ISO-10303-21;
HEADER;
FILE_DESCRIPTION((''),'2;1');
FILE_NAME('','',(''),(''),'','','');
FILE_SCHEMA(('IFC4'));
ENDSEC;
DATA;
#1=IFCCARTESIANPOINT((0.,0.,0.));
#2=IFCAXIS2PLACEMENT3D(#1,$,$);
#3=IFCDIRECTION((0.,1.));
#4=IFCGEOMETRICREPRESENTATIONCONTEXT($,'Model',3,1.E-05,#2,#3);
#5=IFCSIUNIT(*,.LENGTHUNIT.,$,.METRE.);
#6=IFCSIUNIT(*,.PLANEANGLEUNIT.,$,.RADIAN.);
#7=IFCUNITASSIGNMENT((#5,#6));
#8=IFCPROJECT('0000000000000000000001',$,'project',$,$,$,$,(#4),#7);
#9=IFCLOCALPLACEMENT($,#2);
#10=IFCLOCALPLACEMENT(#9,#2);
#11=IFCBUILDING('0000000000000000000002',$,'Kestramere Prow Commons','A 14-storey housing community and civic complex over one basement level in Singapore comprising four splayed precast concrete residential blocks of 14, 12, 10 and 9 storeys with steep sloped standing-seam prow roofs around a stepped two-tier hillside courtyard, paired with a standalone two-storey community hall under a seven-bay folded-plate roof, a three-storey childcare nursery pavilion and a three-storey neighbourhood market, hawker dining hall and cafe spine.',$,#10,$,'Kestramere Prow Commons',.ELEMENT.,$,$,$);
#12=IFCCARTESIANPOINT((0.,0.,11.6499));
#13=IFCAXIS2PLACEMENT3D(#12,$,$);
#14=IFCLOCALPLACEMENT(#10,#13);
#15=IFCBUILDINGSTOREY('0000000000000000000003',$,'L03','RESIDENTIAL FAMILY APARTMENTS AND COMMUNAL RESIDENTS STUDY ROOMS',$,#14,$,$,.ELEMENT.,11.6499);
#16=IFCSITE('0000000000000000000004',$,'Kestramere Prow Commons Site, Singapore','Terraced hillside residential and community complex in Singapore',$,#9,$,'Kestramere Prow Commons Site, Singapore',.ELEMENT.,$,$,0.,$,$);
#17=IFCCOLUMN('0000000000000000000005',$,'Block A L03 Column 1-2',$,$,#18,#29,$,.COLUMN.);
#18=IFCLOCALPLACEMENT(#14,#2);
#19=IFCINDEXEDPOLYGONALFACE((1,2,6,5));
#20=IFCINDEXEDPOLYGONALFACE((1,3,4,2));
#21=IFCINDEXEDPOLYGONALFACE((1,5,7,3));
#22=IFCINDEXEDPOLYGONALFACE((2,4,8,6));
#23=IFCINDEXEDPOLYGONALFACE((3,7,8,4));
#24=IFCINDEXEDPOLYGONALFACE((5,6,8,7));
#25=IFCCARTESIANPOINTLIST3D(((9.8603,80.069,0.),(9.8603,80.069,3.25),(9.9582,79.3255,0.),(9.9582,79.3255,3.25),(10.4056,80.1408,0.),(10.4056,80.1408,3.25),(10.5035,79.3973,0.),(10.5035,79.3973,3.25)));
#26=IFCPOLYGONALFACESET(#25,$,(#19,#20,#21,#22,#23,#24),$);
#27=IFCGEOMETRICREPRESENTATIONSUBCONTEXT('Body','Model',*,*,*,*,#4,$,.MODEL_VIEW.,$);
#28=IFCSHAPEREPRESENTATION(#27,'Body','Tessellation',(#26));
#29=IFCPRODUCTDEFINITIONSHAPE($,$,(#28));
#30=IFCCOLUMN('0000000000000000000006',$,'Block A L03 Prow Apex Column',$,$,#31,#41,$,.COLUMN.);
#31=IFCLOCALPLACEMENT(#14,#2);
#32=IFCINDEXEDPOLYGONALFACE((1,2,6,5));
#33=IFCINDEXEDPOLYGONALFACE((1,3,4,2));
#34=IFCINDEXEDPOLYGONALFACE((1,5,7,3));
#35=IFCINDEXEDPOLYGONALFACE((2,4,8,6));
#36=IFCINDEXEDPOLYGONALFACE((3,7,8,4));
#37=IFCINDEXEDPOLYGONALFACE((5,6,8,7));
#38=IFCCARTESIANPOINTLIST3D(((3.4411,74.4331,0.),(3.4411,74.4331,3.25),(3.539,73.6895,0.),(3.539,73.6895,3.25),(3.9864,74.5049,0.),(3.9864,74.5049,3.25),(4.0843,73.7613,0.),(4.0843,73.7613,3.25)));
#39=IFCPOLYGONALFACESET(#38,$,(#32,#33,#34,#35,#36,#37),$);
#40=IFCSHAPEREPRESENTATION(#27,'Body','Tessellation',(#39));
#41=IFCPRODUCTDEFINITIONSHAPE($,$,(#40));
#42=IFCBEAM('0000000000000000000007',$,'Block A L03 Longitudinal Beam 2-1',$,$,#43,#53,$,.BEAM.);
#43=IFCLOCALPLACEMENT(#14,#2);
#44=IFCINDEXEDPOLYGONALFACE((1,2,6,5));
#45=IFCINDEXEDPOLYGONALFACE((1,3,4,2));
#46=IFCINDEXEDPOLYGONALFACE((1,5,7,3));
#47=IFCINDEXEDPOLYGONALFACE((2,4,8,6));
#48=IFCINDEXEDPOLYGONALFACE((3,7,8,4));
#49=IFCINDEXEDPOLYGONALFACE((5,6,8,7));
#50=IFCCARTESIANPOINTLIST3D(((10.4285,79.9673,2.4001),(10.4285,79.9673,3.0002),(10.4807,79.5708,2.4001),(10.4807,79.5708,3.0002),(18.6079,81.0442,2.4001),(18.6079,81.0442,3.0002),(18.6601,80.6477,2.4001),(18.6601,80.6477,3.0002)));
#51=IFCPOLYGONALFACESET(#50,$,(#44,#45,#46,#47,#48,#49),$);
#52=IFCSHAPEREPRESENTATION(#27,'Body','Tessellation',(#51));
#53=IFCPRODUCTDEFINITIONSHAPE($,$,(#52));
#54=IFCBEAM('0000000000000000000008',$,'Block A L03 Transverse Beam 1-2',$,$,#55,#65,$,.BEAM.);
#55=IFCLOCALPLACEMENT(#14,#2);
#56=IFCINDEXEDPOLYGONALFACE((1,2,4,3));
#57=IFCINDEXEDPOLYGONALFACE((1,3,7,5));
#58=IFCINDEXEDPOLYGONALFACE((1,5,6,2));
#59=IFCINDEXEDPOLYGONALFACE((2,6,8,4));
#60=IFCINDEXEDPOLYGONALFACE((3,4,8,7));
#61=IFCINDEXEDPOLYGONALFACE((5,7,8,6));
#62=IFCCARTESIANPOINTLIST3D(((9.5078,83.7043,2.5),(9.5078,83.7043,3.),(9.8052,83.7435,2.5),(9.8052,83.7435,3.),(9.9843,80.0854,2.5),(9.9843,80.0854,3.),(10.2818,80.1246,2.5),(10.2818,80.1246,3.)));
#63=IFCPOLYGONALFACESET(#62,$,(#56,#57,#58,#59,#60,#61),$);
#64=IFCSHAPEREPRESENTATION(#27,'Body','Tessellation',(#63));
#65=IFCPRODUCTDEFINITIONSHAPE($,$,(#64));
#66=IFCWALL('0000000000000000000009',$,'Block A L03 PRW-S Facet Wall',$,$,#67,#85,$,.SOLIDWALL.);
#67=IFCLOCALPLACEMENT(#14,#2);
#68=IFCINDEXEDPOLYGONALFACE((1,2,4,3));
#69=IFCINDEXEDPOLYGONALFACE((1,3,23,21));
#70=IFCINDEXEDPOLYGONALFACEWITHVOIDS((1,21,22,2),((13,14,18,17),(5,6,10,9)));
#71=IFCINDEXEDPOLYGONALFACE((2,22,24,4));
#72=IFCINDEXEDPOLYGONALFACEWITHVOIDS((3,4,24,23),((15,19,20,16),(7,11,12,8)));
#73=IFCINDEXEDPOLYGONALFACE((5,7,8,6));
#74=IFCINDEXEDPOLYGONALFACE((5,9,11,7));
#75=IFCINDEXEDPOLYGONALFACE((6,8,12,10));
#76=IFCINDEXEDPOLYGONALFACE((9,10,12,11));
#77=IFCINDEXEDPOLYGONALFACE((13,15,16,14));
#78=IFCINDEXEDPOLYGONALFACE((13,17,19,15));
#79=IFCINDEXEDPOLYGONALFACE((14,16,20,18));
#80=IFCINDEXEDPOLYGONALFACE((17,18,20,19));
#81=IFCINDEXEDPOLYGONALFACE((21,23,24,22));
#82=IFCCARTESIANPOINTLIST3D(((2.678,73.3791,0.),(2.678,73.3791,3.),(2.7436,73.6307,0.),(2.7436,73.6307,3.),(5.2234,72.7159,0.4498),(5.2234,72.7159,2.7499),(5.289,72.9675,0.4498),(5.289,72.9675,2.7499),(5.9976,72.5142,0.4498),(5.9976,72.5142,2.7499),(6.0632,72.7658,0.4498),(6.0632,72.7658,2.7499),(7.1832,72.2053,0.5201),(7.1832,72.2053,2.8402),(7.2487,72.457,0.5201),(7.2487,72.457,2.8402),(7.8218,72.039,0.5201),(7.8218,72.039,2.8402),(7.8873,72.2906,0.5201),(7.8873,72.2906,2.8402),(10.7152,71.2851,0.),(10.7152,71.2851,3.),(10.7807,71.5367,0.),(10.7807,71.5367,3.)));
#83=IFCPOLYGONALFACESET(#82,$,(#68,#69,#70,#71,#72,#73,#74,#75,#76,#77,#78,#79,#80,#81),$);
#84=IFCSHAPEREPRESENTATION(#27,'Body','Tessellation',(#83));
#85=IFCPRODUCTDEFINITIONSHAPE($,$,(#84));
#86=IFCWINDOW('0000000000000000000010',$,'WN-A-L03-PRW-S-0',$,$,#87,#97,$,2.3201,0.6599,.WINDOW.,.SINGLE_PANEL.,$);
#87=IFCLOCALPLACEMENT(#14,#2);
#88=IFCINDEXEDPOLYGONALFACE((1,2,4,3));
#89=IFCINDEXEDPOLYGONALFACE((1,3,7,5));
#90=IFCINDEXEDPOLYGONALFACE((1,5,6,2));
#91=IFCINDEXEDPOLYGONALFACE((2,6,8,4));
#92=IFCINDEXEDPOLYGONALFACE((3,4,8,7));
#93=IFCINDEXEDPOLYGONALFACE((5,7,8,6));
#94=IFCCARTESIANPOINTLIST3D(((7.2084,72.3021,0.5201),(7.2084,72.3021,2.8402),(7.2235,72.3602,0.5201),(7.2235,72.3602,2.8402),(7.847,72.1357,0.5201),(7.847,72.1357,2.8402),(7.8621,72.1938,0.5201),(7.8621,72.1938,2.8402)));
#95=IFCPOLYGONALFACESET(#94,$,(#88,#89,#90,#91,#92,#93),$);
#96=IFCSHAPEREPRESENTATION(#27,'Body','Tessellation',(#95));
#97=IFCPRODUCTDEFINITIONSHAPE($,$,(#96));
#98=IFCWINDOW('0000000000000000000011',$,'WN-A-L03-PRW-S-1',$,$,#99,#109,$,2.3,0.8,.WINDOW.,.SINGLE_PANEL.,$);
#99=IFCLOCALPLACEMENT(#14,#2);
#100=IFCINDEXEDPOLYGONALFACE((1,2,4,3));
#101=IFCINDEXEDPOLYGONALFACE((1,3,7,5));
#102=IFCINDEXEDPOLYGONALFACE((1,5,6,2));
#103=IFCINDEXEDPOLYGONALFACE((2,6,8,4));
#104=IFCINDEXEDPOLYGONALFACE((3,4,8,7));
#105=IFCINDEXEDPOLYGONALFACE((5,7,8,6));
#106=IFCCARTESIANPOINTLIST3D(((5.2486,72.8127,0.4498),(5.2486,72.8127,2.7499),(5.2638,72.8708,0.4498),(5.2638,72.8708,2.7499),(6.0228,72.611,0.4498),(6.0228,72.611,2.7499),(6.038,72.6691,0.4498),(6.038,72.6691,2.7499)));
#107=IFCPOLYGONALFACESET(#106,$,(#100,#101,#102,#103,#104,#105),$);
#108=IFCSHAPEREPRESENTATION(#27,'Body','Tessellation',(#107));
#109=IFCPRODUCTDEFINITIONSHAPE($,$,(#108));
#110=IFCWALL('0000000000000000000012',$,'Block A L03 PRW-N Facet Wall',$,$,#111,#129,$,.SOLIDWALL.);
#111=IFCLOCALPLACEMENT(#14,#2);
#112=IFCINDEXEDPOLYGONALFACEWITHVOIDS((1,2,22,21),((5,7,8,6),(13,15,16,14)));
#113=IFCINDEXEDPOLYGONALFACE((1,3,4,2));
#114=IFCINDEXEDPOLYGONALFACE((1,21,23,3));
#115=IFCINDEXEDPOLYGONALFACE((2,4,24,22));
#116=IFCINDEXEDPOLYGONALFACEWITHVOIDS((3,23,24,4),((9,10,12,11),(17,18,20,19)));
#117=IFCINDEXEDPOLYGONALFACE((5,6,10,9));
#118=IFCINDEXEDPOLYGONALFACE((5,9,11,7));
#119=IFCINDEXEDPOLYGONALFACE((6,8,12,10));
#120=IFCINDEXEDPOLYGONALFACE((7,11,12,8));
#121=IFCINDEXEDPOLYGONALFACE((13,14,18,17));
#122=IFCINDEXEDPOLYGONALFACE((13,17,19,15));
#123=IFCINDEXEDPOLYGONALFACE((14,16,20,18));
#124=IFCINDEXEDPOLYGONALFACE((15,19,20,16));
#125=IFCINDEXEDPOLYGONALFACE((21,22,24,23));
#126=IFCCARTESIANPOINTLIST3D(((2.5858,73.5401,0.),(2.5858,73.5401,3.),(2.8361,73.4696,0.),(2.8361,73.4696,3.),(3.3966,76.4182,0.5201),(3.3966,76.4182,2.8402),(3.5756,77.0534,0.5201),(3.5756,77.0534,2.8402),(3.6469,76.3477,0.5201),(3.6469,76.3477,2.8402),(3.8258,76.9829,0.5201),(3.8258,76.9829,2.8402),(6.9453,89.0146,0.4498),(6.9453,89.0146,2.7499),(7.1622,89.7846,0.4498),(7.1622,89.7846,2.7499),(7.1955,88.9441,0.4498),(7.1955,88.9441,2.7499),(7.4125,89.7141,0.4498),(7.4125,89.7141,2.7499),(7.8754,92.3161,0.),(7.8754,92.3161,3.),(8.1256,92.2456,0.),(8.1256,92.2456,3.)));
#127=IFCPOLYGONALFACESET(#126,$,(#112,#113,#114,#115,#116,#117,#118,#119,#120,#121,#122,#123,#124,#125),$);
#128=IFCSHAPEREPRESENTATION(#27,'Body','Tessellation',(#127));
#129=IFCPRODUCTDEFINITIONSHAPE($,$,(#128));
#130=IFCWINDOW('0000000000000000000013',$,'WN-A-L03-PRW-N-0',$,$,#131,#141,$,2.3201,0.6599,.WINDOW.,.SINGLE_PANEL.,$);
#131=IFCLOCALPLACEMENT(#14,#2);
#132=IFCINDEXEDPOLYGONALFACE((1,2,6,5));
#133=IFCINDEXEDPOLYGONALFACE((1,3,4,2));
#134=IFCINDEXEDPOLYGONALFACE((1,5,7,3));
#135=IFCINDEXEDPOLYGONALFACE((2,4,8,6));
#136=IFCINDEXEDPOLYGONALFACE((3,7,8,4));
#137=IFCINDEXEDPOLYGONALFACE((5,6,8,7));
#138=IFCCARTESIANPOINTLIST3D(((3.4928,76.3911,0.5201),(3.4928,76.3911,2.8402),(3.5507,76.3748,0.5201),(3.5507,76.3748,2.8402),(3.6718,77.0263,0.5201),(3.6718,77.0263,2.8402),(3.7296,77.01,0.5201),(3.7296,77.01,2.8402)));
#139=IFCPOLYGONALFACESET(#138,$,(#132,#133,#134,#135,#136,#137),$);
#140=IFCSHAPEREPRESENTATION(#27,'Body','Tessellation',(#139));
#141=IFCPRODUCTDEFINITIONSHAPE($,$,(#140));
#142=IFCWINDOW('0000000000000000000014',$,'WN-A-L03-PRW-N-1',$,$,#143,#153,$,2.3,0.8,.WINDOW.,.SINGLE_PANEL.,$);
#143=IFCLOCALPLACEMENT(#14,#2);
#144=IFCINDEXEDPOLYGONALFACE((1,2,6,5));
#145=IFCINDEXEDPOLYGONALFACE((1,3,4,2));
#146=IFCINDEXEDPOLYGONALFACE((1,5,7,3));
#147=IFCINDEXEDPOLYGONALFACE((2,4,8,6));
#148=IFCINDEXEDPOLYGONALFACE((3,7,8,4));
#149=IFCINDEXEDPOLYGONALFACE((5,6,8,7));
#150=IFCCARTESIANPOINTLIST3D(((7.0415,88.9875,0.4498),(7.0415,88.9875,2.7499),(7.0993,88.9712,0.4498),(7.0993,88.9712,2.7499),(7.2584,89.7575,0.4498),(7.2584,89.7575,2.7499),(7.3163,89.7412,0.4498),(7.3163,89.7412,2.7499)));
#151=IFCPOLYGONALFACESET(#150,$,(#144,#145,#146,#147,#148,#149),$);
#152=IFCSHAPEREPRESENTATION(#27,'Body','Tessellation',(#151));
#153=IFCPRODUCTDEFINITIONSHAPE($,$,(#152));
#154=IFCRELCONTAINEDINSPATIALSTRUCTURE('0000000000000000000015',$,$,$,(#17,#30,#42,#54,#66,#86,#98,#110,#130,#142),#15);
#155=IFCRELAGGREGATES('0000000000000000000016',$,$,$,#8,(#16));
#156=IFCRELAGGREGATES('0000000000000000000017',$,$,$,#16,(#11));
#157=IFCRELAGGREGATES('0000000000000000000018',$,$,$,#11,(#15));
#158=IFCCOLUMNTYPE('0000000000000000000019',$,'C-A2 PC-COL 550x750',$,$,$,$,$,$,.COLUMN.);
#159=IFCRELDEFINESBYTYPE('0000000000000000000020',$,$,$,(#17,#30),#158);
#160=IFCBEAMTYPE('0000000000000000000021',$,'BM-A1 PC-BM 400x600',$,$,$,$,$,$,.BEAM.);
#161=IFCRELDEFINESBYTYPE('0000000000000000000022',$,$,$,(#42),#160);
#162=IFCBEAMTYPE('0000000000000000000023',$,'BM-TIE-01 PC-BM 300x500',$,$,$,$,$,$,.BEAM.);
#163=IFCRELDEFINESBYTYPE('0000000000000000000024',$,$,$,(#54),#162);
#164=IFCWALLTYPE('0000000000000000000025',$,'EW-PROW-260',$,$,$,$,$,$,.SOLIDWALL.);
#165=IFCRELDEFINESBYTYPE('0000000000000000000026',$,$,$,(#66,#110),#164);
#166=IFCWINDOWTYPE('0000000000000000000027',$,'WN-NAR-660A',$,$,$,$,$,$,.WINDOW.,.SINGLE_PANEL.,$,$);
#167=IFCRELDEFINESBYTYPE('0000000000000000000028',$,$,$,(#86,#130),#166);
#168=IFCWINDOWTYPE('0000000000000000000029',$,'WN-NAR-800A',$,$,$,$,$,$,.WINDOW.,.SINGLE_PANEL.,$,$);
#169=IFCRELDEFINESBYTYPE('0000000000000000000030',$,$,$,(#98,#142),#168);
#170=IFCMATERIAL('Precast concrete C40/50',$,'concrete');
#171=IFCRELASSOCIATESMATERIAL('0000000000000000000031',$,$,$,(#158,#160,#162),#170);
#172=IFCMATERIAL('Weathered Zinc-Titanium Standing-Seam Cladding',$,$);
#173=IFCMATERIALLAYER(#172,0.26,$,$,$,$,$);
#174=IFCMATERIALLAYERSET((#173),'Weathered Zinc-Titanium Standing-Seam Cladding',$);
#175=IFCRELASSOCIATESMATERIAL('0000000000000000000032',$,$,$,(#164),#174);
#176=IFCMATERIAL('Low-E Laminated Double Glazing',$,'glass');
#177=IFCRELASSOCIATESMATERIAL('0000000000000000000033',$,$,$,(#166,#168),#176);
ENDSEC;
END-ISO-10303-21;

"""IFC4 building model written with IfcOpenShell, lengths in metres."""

from ifc_helpers import new_model, si_unit, direction, frame, frame_2d, origin, origin_2d, place, context, subcontext, project, spatial, rectangle, extrude, material, layer, layer_set, material_profile, profile_set, type_object, element, fill, save


model = new_model("IFC4")

# Units and contexts
model_context = context("Model", 3, precision=1e-05, world=origin(), true_north=direction((0.0, 1.0)))
body_context = subcontext(model_context, "Body", "Model", "MODEL_VIEW")
ifc_project = project(units=[si_unit("LENGTHUNIT", "METRE"), si_unit("PLANEANGLEUNIT", "RADIAN")], contexts=[model_context])

# Site, building, storey
site_placement = place(None, origin())
site = spatial("IfcSite", under=ifc_project, at=site_placement, Name="Kestramere Prow Commons Site, Singapore", Description="Terraced hillside residential and community complex in Singapore", LongName="Kestramere Prow Commons Site, Singapore", CompositionType="ELEMENT", RefElevation=0.0)
building_placement = place(site_placement, origin())
building = spatial("IfcBuilding", under=site, at=building_placement, Name="Kestramere Prow Commons", Description="A 14-storey housing community and civic complex over one basement level in Singapore comprising four splayed precast concrete residential blocks of 14, 12, 10 and 9 storeys with steep sloped standing-seam prow roofs around a stepped two-tier hillside courtyard, paired with a standalone two-storey community hall under a seven-bay folded-plate roof, a three-storey childcare nursery pavilion and a three-storey neighbourhood market, hawker dining hall and cafe spine.", LongName="Kestramere Prow Commons", CompositionType="ELEMENT")
storey_placement = place(building_placement, frame((0.0, 0.0, 11.6499)))
storey = spatial("IfcBuildingStorey", under=building, at=storey_placement, Name="L03", Description="RESIDENTIAL FAMILY APARTMENTS AND COMMUNAL RESIDENTS STUDY ROOMS", CompositionType="ELEMENT", Elevation=11.6499)

# Columns
ifc_material_1 = material(Name="Precast concrete C40/50", Category="concrete")
ifc_material_profile_1 = material_profile(ifc_material_1, rectangle(XDim=0.55, YDim=0.75, at=origin_2d()), Name="PC-COL 550x750")
ifc_profile_set_1 = profile_set([ifc_material_profile_1], Name="Precast concrete C40/50")
column_type = type_object("IfcColumnType", Name="C-A2 PC-COL 550x750", PredefinedType="COLUMN", material=ifc_profile_set_1)
for number, where, z_axis, x_axis, name in (
    (1, (10.1819, 79.7332, 0.0), (0.0, 0.0, 1.0), (0.991445, 0.130526, 0.0), "Block A L03 Column 1-2"),
    (2, (3.7627, 74.0972, 0.0), (0.0, 0.0, 1.0), (0.991445, 0.130526, 0.0), "Block A L03 Prow Apex Column"),
):
    element("IfcColumn", number, at=place(storey_placement, frame(where, z_axis=z_axis, x_axis=x_axis)), inside=storey, type_object=column_type, Name=name, PredefinedType="COLUMN", context=body_context, shape_type="SweptSolid", body=[
        extrude(rectangle(XDim=0.55, YDim=0.75, at=origin_2d()), origin(), (0.0, 0.0, 1.0), 3.25),
    ])

# Beams
ifc_material_profile_2 = material_profile(ifc_material_1, rectangle(XDim=0.3999, YDim=0.6001, at=origin_2d()), Name="PC-BM 400x600")
ifc_profile_set_2 = profile_set([ifc_material_profile_2], Name="Precast concrete C40/50")
beam_type_1 = type_object("IfcBeamType", Name="BM-A1 PC-BM 400x600", PredefinedType="BEAM", material=ifc_profile_set_2)
beam_1_placement = place(storey_placement, frame((10.4546, 79.769, 2.7002), z_axis=(0.991444, 0.130533, 0.0), x_axis=(-0.130533, 0.991444, 0.0)))
element("IfcBeam", 3, at=beam_1_placement, inside=storey, type_object=beam_type_1, Name="Block A L03 Longitudinal Beam 2-1", PredefinedType="BEAM", context=body_context, shape_type="SweptSolid", body=[
    extrude(rectangle(XDim=0.3999, YDim=0.6001, at=origin_2d()), origin(), (0.0, 0.0, 1.0), 8.25),
])
ifc_material_profile_3 = material_profile(ifc_material_1, rectangle(XDim=0.3, YDim=0.5, at=origin_2d()), Name="PC-BM 300x500")
ifc_profile_set_3 = profile_set([ifc_material_profile_3], Name="Precast concrete C40/50")
beam_type_2 = type_object("IfcBeamType", Name="BM-TIE-01 PC-BM 300x500", PredefinedType="BEAM", material=ifc_profile_set_3)
beam_2_placement = place(storey_placement, frame((10.1331, 80.105, 2.75), z_axis=(-0.13056, 0.99144, 0.0), x_axis=(-0.99144, -0.13056, 0.0)))
element("IfcBeam", 4, at=beam_2_placement, inside=storey, type_object=beam_type_2, Name="Block A L03 Transverse Beam 1-2", PredefinedType="BEAM", context=body_context, shape_type="SweptSolid", body=[
    extrude(rectangle(XDim=0.3, YDim=0.5, at=origin_2d()), origin(), (0.0, 0.0, 1.0), 3.6501),
])

# Walls, openings, windows
ifc_material_2 = material(Name="Weathered Zinc-Titanium Standing-Seam Cladding")
ifc_layer_1 = layer(ifc_material_2, 0.26)
ifc_layer_set_1 = layer_set([ifc_layer_1], Name="Weathered Zinc-Titanium Standing-Seam Cladding")
wall_type_1 = type_object("IfcWallType", Name="EW-PROW-260", PredefinedType="SOLIDWALL", material=ifc_layer_set_1)
wall_1_placement = place(storey_placement, frame((10.748, 71.4109, 0.0), z_axis=(0.0, 0.0, 1.0), x_axis=(-0.967695, 0.252124, 0.0)))
wall_1 = element("IfcWall", 5, at=wall_1_placement, inside=storey, type_object=wall_type_1, Name="Block A L03 PRW-S Facet Wall", PredefinedType="SOLIDWALL", context=body_context, shape_type="SweptSolid", body=[
    extrude(rectangle(XDim=8.3054, YDim=0.26, at=frame_2d((4.1528, 0.0))), origin(), (0.0, 0.0, 1.0), 3.0),
])
opening_1_placement = place(wall_1_placement, frame((2.99, 0.0, 0.52)))
opening_1 = element("IfcOpeningElement", 6, at=opening_1_placement, cuts=wall_1, PredefinedType="OPENING", context=body_context, shape_type="SweptSolid", body=[
    extrude(rectangle(XDim=0.6599, YDim=2.3201, at=frame_2d((0.3301, 1.1602))), frame((0.0, 0.145, 0.0), z_axis=(0.0, -1.0, 0.0), x_axis=(1.0, 0.0, 0.0)), (0.0, 0.0, 1.0), 0.29),
])
opening_2_placement = place(wall_1_placement, frame((4.8752, 0.0, 0.45)))
opening_2 = element("IfcOpeningElement", 7, at=opening_2_placement, cuts=wall_1, PredefinedType="OPENING", context=body_context, shape_type="SweptSolid", body=[
    extrude(rectangle(XDim=0.8, YDim=2.3, at=frame_2d((0.3999, 1.1499))), frame((0.0, 0.145, 0.0), z_axis=(0.0, -1.0, 0.0), x_axis=(1.0, 0.0, 0.0)), (0.0, 0.0, 1.0), 0.29),
])
ifc_material_3 = material(Name="Low-E Laminated Double Glazing", Category="glass")
window_type_1 = type_object("IfcWindowType", Name="WN-NAR-660A", PartitioningType="SINGLE_PANEL", PredefinedType="WINDOW", material=ifc_material_3)
window_1_placement = place(opening_1_placement, origin())
window_1 = element("IfcWindow", 8, at=window_1_placement, inside=storey, type_object=window_type_1, Name="WN-A-L03-PRW-S-0", OverallHeight=2.3201, OverallWidth=0.6599, PartitioningType="SINGLE_PANEL", PredefinedType="WINDOW", context=body_context, shape_type="SweptSolid", body=[
    extrude(rectangle(XDim=0.6599, YDim=2.3201, at=frame_2d((0.3301, 1.1602))), frame((0.0, 0.03, 0.0), z_axis=(0.0, -1.0, 0.0), x_axis=(1.0, 0.0, 0.0)), (0.0, 0.0, 1.0), 0.0601),
])
fill(opening_1, window_1)
window_type_2 = type_object("IfcWindowType", Name="WN-NAR-800A", PartitioningType="SINGLE_PANEL", PredefinedType="WINDOW", material=ifc_material_3)
window_2_placement = place(opening_2_placement, origin())
window_2 = element("IfcWindow", 9, at=window_2_placement, inside=storey, type_object=window_type_2, Name="WN-A-L03-PRW-S-1", OverallHeight=2.3, OverallWidth=0.8, PartitioningType="SINGLE_PANEL", PredefinedType="WINDOW", context=body_context, shape_type="SweptSolid", body=[
    extrude(rectangle(XDim=0.8, YDim=2.3, at=frame_2d((0.3999, 1.1499))), frame((0.0, 0.03, 0.0), z_axis=(0.0, -1.0, 0.0), x_axis=(1.0, 0.0, 0.0)), (0.0, 0.0, 1.0), 0.0601),
])
fill(opening_2, window_2)
wall_2_placement = place(storey_placement, frame((2.7109, 73.5049, 0.0), z_axis=(0.0, 0.0, 1.0), x_axis=(0.271165, 0.962533, 0.0)))
wall_2 = element("IfcWall", 10, at=wall_2_placement, inside=storey, type_object=wall_type_1, Name="Block A L03 PRW-N Facet Wall", PredefinedType="SOLIDWALL", context=body_context, shape_type="SweptSolid", body=[
    extrude(rectangle(XDim=19.5068, YDim=0.26, at=frame_2d((9.7534, 0.0))), origin(), (0.0, 0.0, 1.0), 3.0),
])
opening_3_placement = place(wall_2_placement, frame((2.99, 0.0, 0.52)))
opening_3 = element("IfcOpeningElement", 11, at=opening_3_placement, cuts=wall_2, PredefinedType="OPENING", context=body_context, shape_type="SweptSolid", body=[
    extrude(rectangle(XDim=0.6599, YDim=2.3201, at=frame_2d((0.3301, 1.1602))), frame((0.0, 0.145, 0.0), z_axis=(0.0, -1.0, 0.0), x_axis=(1.0, 0.0, 0.0)), (0.0, 0.0, 1.0), 0.29),
])
opening_4_placement = place(wall_2_placement, frame((16.0769, 0.0, 0.45)))
opening_4 = element("IfcOpeningElement", 12, at=opening_4_placement, cuts=wall_2, PredefinedType="OPENING", context=body_context, shape_type="SweptSolid", body=[
    extrude(rectangle(XDim=0.8, YDim=2.3, at=frame_2d((0.3999, 1.1499))), frame((0.0, 0.145, 0.0), z_axis=(0.0, -1.0, 0.0), x_axis=(1.0, 0.0, 0.0)), (0.0, 0.0, 1.0), 0.29),
])
window_3_placement = place(opening_3_placement, origin())
window_3 = element("IfcWindow", 13, at=window_3_placement, inside=storey, type_object=window_type_1, Name="WN-A-L03-PRW-N-0", OverallHeight=2.3201, OverallWidth=0.6599, PartitioningType="SINGLE_PANEL", PredefinedType="WINDOW", context=body_context, shape_type="SweptSolid", body=[
    extrude(rectangle(XDim=0.6599, YDim=2.3201, at=frame_2d((0.3301, 1.1602))), frame((0.0, 0.03, 0.0), z_axis=(0.0, -1.0, 0.0), x_axis=(1.0, 0.0, 0.0)), (0.0, 0.0, 1.0), 0.0601),
])
fill(opening_3, window_3)
window_4_placement = place(opening_4_placement, origin())
window_4 = element("IfcWindow", 14, at=window_4_placement, inside=storey, type_object=window_type_2, Name="WN-A-L03-PRW-N-1", OverallHeight=2.3, OverallWidth=0.8, PartitioningType="SINGLE_PANEL", PredefinedType="WINDOW", context=body_context, shape_type="SweptSolid", body=[
    extrude(rectangle(XDim=0.8, YDim=2.3, at=frame_2d((0.3999, 1.1499))), frame((0.0, 0.03, 0.0), z_axis=(0.0, -1.0, 0.0), x_axis=(1.0, 0.0, 0.0)), (0.0, 0.0, 1.0), 0.0601),
])
fill(opening_4, window_4)

save(model, "model.ifc")
